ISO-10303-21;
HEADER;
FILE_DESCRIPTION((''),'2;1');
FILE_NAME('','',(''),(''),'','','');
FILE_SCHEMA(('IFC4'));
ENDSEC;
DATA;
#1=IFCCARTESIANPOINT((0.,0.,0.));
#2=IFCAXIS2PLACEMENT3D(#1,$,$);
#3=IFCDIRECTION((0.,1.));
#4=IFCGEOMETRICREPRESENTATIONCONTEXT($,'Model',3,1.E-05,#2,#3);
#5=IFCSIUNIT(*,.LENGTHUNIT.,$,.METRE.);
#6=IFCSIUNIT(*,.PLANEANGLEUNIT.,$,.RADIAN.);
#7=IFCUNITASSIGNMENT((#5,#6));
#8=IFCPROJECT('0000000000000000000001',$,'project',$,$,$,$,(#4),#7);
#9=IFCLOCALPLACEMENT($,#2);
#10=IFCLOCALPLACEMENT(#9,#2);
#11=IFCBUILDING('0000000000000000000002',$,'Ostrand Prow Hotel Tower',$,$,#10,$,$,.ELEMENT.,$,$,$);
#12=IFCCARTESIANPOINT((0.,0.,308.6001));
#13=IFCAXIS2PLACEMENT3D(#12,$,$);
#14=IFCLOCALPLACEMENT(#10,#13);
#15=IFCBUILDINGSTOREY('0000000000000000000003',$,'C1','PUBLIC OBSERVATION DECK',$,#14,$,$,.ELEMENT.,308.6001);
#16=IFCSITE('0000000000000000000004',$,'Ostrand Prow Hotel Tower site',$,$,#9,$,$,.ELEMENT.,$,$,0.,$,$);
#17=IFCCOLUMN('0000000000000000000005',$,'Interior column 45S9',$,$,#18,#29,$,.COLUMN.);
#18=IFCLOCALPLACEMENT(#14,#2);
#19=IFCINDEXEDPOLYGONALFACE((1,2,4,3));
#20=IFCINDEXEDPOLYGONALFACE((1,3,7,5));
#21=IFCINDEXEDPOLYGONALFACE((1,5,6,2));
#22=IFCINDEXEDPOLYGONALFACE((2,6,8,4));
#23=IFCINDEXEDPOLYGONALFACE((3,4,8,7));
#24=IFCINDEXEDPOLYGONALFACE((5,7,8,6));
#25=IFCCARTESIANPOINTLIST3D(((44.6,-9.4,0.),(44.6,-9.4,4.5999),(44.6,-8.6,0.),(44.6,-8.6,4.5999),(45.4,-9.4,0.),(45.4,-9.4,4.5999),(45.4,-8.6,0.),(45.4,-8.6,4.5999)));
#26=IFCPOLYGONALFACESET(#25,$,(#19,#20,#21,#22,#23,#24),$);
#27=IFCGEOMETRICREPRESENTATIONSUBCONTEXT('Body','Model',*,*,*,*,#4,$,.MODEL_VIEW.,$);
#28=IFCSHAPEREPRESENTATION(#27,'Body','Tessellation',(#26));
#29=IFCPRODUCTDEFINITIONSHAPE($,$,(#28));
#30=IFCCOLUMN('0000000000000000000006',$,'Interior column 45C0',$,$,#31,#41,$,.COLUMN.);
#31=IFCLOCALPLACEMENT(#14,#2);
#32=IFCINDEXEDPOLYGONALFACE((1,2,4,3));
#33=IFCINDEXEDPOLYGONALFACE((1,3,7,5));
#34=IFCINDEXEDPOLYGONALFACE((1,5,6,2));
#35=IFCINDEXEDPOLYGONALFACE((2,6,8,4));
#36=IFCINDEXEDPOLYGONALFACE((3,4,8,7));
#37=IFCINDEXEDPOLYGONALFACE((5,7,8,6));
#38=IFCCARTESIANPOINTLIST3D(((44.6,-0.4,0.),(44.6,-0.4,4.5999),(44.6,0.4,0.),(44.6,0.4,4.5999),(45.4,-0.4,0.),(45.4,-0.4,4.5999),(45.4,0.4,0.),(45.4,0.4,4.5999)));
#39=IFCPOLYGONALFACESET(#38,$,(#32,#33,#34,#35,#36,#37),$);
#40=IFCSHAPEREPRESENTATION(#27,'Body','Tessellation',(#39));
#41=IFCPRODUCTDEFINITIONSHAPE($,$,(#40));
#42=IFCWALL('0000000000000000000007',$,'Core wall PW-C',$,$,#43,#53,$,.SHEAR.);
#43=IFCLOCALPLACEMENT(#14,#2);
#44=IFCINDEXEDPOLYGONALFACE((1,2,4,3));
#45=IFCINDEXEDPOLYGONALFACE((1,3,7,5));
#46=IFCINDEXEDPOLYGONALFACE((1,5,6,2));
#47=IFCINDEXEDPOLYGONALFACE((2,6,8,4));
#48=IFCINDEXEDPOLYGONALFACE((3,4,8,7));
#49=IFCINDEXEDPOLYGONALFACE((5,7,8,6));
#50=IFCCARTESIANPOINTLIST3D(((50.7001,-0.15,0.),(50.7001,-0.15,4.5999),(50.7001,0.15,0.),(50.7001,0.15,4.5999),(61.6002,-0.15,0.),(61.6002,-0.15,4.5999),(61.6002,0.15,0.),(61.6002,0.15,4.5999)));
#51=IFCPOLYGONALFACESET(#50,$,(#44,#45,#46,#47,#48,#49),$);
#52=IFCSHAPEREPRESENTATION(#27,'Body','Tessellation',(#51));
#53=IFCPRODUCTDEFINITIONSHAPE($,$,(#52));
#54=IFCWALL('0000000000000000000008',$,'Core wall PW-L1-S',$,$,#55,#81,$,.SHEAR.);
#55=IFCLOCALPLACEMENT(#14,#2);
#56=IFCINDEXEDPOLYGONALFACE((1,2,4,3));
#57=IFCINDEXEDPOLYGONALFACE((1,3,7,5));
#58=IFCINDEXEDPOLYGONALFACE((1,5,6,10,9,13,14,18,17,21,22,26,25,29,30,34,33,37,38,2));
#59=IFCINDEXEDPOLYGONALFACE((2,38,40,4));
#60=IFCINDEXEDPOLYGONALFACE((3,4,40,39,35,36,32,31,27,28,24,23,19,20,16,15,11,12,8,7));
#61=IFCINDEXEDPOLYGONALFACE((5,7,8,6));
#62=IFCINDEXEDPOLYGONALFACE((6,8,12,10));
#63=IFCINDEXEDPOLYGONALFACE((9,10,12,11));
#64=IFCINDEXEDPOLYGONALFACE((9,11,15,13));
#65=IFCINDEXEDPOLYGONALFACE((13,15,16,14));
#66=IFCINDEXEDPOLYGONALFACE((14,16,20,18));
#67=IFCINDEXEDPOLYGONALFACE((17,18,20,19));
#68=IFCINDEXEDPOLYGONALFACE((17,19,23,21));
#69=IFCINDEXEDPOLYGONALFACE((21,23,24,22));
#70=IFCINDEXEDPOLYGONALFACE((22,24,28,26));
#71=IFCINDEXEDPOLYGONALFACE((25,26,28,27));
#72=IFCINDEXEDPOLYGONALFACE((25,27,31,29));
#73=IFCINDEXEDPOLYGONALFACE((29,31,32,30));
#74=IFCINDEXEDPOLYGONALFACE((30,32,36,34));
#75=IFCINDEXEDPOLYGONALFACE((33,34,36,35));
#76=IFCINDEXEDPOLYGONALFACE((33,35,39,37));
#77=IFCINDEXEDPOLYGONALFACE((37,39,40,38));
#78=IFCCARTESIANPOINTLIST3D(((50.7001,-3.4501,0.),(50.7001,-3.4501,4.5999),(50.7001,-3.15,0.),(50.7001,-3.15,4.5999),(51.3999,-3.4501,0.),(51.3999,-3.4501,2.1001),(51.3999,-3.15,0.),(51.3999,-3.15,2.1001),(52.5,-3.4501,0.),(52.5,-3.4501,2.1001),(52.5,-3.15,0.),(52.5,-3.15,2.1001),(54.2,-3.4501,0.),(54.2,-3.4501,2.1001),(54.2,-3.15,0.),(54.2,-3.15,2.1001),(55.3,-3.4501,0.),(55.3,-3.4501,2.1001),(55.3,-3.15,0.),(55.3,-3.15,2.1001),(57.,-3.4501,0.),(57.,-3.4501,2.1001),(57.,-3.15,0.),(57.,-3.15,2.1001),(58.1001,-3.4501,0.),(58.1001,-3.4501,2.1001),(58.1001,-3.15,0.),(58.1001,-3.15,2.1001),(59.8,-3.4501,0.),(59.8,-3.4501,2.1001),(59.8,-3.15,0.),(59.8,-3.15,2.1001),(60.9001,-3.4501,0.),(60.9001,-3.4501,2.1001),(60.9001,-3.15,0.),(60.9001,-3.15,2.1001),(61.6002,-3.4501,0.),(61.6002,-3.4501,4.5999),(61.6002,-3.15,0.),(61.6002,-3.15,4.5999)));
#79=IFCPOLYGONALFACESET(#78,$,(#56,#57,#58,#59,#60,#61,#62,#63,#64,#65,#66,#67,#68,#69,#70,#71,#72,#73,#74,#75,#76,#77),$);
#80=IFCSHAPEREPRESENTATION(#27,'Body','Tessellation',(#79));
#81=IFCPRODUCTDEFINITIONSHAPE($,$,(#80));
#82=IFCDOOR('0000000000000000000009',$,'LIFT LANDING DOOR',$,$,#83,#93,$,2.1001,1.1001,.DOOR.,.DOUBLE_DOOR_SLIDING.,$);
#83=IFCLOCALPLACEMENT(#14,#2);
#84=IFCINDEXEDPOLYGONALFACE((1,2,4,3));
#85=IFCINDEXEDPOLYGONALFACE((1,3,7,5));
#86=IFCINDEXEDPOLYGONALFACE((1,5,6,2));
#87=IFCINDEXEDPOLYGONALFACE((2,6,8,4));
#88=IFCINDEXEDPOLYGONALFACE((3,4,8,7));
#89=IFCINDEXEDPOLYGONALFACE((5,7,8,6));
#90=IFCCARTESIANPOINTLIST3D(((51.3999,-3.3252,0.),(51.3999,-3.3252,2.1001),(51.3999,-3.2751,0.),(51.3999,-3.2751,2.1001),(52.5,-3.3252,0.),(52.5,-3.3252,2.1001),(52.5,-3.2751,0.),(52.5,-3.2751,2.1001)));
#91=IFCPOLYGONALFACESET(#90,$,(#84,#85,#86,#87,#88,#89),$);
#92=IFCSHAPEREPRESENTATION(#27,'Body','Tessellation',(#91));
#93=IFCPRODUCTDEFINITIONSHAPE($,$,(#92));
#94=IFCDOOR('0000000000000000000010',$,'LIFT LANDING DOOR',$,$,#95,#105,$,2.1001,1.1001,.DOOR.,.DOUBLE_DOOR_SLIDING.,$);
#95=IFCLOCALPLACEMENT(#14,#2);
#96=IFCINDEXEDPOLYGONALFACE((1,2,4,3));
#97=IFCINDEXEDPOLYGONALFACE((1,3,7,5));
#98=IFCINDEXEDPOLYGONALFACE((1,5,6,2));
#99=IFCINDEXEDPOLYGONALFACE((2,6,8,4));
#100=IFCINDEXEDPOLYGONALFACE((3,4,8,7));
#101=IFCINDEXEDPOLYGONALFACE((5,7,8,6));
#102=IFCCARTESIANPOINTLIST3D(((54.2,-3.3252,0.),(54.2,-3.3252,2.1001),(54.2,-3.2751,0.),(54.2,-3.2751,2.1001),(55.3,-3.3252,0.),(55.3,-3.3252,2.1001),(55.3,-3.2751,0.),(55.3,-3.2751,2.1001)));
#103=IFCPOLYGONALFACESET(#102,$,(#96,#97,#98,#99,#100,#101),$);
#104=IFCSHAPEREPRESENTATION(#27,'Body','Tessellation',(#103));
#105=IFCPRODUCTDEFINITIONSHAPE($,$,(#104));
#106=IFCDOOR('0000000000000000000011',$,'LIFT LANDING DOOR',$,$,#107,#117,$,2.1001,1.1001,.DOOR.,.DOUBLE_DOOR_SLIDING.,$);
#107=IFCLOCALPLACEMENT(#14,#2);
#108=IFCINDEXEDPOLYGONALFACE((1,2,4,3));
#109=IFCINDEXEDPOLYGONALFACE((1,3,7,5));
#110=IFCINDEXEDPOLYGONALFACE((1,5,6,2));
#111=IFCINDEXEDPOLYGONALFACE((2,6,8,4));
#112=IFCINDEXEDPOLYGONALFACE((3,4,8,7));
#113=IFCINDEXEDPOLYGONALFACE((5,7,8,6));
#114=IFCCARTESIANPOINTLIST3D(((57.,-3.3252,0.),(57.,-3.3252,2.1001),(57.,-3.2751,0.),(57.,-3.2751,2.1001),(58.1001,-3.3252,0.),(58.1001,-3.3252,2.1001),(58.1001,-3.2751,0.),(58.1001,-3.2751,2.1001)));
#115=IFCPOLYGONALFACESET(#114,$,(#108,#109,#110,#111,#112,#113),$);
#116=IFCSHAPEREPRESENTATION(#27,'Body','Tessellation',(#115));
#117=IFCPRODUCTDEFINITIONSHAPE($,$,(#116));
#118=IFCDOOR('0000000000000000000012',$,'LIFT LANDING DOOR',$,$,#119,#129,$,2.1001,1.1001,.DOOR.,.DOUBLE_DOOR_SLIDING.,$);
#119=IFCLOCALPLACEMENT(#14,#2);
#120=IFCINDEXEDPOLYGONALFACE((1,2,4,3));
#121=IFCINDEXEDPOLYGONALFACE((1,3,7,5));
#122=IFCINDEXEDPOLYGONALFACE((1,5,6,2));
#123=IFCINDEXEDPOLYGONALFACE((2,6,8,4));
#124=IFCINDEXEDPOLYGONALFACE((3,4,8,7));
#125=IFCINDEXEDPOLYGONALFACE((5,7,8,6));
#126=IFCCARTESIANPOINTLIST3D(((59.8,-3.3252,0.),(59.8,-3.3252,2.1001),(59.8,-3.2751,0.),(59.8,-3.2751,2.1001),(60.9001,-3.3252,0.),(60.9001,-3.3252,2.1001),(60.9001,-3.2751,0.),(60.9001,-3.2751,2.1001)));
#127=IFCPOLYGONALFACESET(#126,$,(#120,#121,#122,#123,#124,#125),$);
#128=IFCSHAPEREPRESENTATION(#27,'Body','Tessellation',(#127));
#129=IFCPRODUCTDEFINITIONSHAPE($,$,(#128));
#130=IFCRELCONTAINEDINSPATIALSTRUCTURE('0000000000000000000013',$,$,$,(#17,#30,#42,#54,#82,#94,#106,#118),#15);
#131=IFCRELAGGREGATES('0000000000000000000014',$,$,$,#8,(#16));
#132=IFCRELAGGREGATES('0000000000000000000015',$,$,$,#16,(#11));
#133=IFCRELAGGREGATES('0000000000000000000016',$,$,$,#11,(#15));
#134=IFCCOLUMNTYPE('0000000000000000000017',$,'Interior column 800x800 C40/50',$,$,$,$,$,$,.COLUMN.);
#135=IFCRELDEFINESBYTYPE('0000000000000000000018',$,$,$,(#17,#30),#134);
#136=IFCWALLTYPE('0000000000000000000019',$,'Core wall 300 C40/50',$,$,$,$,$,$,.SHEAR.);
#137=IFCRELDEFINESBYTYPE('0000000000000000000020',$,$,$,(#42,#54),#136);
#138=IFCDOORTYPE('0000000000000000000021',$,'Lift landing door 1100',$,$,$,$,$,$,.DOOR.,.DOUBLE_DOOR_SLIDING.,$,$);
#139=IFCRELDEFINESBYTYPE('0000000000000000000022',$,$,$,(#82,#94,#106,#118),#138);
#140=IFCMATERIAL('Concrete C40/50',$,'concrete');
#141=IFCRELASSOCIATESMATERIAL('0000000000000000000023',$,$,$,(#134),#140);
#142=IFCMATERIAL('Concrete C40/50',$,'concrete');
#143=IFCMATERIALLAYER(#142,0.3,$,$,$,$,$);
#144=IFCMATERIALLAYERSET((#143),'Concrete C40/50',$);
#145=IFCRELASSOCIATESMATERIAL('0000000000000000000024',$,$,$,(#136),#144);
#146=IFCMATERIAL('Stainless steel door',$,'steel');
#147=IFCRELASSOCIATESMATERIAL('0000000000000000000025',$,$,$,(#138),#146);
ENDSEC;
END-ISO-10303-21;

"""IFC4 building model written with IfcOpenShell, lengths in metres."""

from ifc_helpers import new_model, si_unit, direction, frame, frame_2d, origin, origin_2d, place, context, subcontext, project, spatial, rectangle, extrude, material, layer, layer_set, material_profile, profile_set, type_object, element, fill, save


model = new_model("IFC4")

# Units and contexts
model_context = context("Model", 3, precision=1e-05, world=origin(), true_north=direction((0.0, 1.0)))
body_context = subcontext(model_context, "Body", "Model", "MODEL_VIEW")
ifc_project = project(units=[si_unit("LENGTHUNIT", "METRE"), si_unit("PLANEANGLEUNIT", "RADIAN")], contexts=[model_context])

# Site, building, storey
site_placement = place(None, origin())
site = spatial("IfcSite", under=ifc_project, at=site_placement, Name="Ostrand Prow Hotel Tower site", CompositionType="ELEMENT", RefElevation=0.0)
building_placement = place(site_placement, origin())
building = spatial("IfcBuilding", under=site, at=building_placement, Name="Ostrand Prow Hotel Tower", CompositionType="ELEMENT")
storey_placement = place(building_placement, frame((0.0, 0.0, 308.6001)))
storey = spatial("IfcBuildingStorey", under=building, at=storey_placement, Name="C1", Description="PUBLIC OBSERVATION DECK", CompositionType="ELEMENT", Elevation=308.6001)

# Columns
ifc_material_1 = material(Name="Concrete C40/50", Category="concrete")
ifc_material_profile = material_profile(ifc_material_1, rectangle(XDim=0.8, YDim=0.8, at=origin_2d()), Name="RC 800x800")
ifc_profile_set = profile_set([ifc_material_profile], Name="Concrete C40/50")
column_type = type_object("IfcColumnType", Name="Interior column 800x800 C40/50", PredefinedType="COLUMN", material=ifc_profile_set)
for number, where, z_axis, x_axis, name in (
    (1, (45.0, -9.0, 0.0), (0.0, 0.0, 1.0), (1.0, 0.0, 0.0), "Interior column 45S9"),
    (2, (45.0, 0.0, 0.0), (0.0, 0.0, 1.0), (1.0, 0.0, 0.0), "Interior column 45C0"),
):
    element("IfcColumn", number, at=place(storey_placement, frame(where, z_axis=z_axis, x_axis=x_axis)), inside=storey, type_object=column_type, Name=name, PredefinedType="COLUMN", context=body_context, shape_type="SweptSolid", body=[
        extrude(rectangle(XDim=0.8, YDim=0.8, at=origin_2d()), origin(), (0.0, 0.0, 1.0), 4.5999),
    ])

# Wall
ifc_material_2 = material(Name="Concrete C40/50", Category="concrete")
ifc_layer_1 = layer(ifc_material_2, 0.3)
ifc_layer_set_1 = layer_set([ifc_layer_1], Name="Concrete C40/50")
wall_type_1 = type_object("IfcWallType", Name="Core wall 300 C40/50", PredefinedType="SHEAR", material=ifc_layer_set_1)
wall_1_placement = place(storey_placement, frame((50.7, 0.0, 0.0), z_axis=(0.0, 0.0, 1.0), x_axis=(1.0, 0.0, 0.0)))
element("IfcWall", 3, at=wall_1_placement, inside=storey, type_object=wall_type_1, Name="Core wall PW-C", PredefinedType="SHEAR", context=body_context, shape_type="SweptSolid", body=[
    extrude(rectangle(XDim=10.9001, YDim=0.3, at=frame_2d((5.4502, 0.0))), origin(), (0.0, 0.0, 1.0), 4.5999),
])

# Wall, openings, doors
wall_2_placement = place(storey_placement, frame((50.7, -3.3, 0.0), z_axis=(0.0, 0.0, 1.0), x_axis=(1.0, 0.0, 0.0)))
wall_2 = element("IfcWall", 4, at=wall_2_placement, inside=storey, type_object=wall_type_1, Name="Core wall PW-L1-S", PredefinedType="SHEAR", context=body_context, shape_type="SweptSolid", body=[
    extrude(rectangle(XDim=10.9001, YDim=0.3, at=frame_2d((5.4502, 0.0))), origin(), (0.0, 0.0, 1.0), 4.5999),
])
opening_1_placement = place(wall_2_placement, frame((0.7, 0.0, 0.0)))
opening_1 = element("IfcOpeningElement", 5, at=opening_1_placement, cuts=wall_2, PredefinedType="OPENING", context=body_context, shape_type="SweptSolid", body=[
    extrude(rectangle(XDim=1.1001, YDim=2.1001, at=frame_2d((0.55, 1.05))), frame((0.0, 0.1599, 0.0), z_axis=(0.0, -1.0, 0.0), x_axis=(1.0, 0.0, 0.0)), (0.0, 0.0, 1.0), 0.3201),
])
opening_2_placement = place(wall_2_placement, frame((3.5, 0.0, 0.0)))
opening_2 = element("IfcOpeningElement", 6, at=opening_2_placement, cuts=wall_2, PredefinedType="OPENING", context=body_context, shape_type="SweptSolid", body=[
    extrude(rectangle(XDim=1.1001, YDim=2.1001, at=frame_2d((0.55, 1.05))), frame((0.0, 0.1599, 0.0), z_axis=(0.0, -1.0, 0.0), x_axis=(1.0, 0.0, 0.0)), (0.0, 0.0, 1.0), 0.3201),
])
opening_3_placement = place(wall_2_placement, frame((6.3, 0.0, 0.0)))
opening_3 = element("IfcOpeningElement", 7, at=opening_3_placement, cuts=wall_2, PredefinedType="OPENING", context=body_context, shape_type="SweptSolid", body=[
    extrude(rectangle(XDim=1.1001, YDim=2.1001, at=frame_2d((0.55, 1.05))), frame((0.0, 0.1599, 0.0), z_axis=(0.0, -1.0, 0.0), x_axis=(1.0, 0.0, 0.0)), (0.0, 0.0, 1.0), 0.3201),
])
opening_4_placement = place(wall_2_placement, frame((9.1001, 0.0, 0.0)))
opening_4 = element("IfcOpeningElement", 8, at=opening_4_placement, cuts=wall_2, PredefinedType="OPENING", context=body_context, shape_type="SweptSolid", body=[
    extrude(rectangle(XDim=1.1001, YDim=2.1001, at=frame_2d((0.55, 1.05))), frame((0.0, 0.1599, 0.0), z_axis=(0.0, -1.0, 0.0), x_axis=(1.0, 0.0, 0.0)), (0.0, 0.0, 1.0), 0.3201),
])
ifc_material_3 = material(Name="Stainless steel door", Category="steel")
door_type_1 = type_object("IfcDoorType", Name="Lift landing door 1100", OperationType="DOUBLE_DOOR_SLIDING", PredefinedType="DOOR", material=ifc_material_3)
door_1_placement = place(opening_1_placement, origin())
door_1 = element("IfcDoor", 9, at=door_1_placement, inside=storey, type_object=door_type_1, Name="LIFT LANDING DOOR", OperationType="DOUBLE_DOOR_SLIDING", OverallHeight=2.1001, OverallWidth=1.1001, PredefinedType="DOOR", context=body_context, shape_type="SweptSolid", body=[
    extrude(rectangle(XDim=1.1001, YDim=2.1001, at=frame_2d((0.55, 1.05))), frame((0.0, 0.0249, 0.0), z_axis=(0.0, -1.0, 0.0), x_axis=(1.0, 0.0, 0.0)), (0.0, 0.0, 1.0), 0.05),
])
fill(opening_1, door_1)
door_2_placement = place(opening_2_placement, origin())
door_2 = element("IfcDoor", 10, at=door_2_placement, inside=storey, type_object=door_type_1, Name="LIFT LANDING DOOR", OperationType="DOUBLE_DOOR_SLIDING", OverallHeight=2.1001, OverallWidth=1.1001, PredefinedType="DOOR", context=body_context, shape_type="SweptSolid", body=[
    extrude(rectangle(XDim=1.1001, YDim=2.1001, at=frame_2d((0.55, 1.05))), frame((0.0, 0.0249, 0.0), z_axis=(0.0, -1.0, 0.0), x_axis=(1.0, 0.0, 0.0)), (0.0, 0.0, 1.0), 0.05),
])
fill(opening_2, door_2)
door_3_placement = place(opening_3_placement, origin())
door_3 = element("IfcDoor", 11, at=door_3_placement, inside=storey, type_object=door_type_1, Name="LIFT LANDING DOOR", OperationType="DOUBLE_DOOR_SLIDING", OverallHeight=2.1001, OverallWidth=1.1001, PredefinedType="DOOR", context=body_context, shape_type="SweptSolid", body=[
    extrude(rectangle(XDim=1.1001, YDim=2.1001, at=frame_2d((0.55, 1.05))), frame((0.0, 0.0249, 0.0), z_axis=(0.0, -1.0, 0.0), x_axis=(1.0, 0.0, 0.0)), (0.0, 0.0, 1.0), 0.05),
])
fill(opening_3, door_3)
door_4_placement = place(opening_4_placement, origin())
door_4 = element("IfcDoor", 12, at=door_4_placement, inside=storey, type_object=door_type_1, Name="LIFT LANDING DOOR", OperationType="DOUBLE_DOOR_SLIDING", OverallHeight=2.1001, OverallWidth=1.1001, PredefinedType="DOOR", context=body_context, shape_type="SweptSolid", body=[
    extrude(rectangle(XDim=1.1001, YDim=2.1001, at=frame_2d((0.55, 1.05))), frame((0.0, 0.0249, 0.0), z_axis=(0.0, -1.0, 0.0), x_axis=(1.0, 0.0, 0.0)), (0.0, 0.0, 1.0), 0.05),
])
fill(opening_4, door_4)

save(model, "model.ifc")
